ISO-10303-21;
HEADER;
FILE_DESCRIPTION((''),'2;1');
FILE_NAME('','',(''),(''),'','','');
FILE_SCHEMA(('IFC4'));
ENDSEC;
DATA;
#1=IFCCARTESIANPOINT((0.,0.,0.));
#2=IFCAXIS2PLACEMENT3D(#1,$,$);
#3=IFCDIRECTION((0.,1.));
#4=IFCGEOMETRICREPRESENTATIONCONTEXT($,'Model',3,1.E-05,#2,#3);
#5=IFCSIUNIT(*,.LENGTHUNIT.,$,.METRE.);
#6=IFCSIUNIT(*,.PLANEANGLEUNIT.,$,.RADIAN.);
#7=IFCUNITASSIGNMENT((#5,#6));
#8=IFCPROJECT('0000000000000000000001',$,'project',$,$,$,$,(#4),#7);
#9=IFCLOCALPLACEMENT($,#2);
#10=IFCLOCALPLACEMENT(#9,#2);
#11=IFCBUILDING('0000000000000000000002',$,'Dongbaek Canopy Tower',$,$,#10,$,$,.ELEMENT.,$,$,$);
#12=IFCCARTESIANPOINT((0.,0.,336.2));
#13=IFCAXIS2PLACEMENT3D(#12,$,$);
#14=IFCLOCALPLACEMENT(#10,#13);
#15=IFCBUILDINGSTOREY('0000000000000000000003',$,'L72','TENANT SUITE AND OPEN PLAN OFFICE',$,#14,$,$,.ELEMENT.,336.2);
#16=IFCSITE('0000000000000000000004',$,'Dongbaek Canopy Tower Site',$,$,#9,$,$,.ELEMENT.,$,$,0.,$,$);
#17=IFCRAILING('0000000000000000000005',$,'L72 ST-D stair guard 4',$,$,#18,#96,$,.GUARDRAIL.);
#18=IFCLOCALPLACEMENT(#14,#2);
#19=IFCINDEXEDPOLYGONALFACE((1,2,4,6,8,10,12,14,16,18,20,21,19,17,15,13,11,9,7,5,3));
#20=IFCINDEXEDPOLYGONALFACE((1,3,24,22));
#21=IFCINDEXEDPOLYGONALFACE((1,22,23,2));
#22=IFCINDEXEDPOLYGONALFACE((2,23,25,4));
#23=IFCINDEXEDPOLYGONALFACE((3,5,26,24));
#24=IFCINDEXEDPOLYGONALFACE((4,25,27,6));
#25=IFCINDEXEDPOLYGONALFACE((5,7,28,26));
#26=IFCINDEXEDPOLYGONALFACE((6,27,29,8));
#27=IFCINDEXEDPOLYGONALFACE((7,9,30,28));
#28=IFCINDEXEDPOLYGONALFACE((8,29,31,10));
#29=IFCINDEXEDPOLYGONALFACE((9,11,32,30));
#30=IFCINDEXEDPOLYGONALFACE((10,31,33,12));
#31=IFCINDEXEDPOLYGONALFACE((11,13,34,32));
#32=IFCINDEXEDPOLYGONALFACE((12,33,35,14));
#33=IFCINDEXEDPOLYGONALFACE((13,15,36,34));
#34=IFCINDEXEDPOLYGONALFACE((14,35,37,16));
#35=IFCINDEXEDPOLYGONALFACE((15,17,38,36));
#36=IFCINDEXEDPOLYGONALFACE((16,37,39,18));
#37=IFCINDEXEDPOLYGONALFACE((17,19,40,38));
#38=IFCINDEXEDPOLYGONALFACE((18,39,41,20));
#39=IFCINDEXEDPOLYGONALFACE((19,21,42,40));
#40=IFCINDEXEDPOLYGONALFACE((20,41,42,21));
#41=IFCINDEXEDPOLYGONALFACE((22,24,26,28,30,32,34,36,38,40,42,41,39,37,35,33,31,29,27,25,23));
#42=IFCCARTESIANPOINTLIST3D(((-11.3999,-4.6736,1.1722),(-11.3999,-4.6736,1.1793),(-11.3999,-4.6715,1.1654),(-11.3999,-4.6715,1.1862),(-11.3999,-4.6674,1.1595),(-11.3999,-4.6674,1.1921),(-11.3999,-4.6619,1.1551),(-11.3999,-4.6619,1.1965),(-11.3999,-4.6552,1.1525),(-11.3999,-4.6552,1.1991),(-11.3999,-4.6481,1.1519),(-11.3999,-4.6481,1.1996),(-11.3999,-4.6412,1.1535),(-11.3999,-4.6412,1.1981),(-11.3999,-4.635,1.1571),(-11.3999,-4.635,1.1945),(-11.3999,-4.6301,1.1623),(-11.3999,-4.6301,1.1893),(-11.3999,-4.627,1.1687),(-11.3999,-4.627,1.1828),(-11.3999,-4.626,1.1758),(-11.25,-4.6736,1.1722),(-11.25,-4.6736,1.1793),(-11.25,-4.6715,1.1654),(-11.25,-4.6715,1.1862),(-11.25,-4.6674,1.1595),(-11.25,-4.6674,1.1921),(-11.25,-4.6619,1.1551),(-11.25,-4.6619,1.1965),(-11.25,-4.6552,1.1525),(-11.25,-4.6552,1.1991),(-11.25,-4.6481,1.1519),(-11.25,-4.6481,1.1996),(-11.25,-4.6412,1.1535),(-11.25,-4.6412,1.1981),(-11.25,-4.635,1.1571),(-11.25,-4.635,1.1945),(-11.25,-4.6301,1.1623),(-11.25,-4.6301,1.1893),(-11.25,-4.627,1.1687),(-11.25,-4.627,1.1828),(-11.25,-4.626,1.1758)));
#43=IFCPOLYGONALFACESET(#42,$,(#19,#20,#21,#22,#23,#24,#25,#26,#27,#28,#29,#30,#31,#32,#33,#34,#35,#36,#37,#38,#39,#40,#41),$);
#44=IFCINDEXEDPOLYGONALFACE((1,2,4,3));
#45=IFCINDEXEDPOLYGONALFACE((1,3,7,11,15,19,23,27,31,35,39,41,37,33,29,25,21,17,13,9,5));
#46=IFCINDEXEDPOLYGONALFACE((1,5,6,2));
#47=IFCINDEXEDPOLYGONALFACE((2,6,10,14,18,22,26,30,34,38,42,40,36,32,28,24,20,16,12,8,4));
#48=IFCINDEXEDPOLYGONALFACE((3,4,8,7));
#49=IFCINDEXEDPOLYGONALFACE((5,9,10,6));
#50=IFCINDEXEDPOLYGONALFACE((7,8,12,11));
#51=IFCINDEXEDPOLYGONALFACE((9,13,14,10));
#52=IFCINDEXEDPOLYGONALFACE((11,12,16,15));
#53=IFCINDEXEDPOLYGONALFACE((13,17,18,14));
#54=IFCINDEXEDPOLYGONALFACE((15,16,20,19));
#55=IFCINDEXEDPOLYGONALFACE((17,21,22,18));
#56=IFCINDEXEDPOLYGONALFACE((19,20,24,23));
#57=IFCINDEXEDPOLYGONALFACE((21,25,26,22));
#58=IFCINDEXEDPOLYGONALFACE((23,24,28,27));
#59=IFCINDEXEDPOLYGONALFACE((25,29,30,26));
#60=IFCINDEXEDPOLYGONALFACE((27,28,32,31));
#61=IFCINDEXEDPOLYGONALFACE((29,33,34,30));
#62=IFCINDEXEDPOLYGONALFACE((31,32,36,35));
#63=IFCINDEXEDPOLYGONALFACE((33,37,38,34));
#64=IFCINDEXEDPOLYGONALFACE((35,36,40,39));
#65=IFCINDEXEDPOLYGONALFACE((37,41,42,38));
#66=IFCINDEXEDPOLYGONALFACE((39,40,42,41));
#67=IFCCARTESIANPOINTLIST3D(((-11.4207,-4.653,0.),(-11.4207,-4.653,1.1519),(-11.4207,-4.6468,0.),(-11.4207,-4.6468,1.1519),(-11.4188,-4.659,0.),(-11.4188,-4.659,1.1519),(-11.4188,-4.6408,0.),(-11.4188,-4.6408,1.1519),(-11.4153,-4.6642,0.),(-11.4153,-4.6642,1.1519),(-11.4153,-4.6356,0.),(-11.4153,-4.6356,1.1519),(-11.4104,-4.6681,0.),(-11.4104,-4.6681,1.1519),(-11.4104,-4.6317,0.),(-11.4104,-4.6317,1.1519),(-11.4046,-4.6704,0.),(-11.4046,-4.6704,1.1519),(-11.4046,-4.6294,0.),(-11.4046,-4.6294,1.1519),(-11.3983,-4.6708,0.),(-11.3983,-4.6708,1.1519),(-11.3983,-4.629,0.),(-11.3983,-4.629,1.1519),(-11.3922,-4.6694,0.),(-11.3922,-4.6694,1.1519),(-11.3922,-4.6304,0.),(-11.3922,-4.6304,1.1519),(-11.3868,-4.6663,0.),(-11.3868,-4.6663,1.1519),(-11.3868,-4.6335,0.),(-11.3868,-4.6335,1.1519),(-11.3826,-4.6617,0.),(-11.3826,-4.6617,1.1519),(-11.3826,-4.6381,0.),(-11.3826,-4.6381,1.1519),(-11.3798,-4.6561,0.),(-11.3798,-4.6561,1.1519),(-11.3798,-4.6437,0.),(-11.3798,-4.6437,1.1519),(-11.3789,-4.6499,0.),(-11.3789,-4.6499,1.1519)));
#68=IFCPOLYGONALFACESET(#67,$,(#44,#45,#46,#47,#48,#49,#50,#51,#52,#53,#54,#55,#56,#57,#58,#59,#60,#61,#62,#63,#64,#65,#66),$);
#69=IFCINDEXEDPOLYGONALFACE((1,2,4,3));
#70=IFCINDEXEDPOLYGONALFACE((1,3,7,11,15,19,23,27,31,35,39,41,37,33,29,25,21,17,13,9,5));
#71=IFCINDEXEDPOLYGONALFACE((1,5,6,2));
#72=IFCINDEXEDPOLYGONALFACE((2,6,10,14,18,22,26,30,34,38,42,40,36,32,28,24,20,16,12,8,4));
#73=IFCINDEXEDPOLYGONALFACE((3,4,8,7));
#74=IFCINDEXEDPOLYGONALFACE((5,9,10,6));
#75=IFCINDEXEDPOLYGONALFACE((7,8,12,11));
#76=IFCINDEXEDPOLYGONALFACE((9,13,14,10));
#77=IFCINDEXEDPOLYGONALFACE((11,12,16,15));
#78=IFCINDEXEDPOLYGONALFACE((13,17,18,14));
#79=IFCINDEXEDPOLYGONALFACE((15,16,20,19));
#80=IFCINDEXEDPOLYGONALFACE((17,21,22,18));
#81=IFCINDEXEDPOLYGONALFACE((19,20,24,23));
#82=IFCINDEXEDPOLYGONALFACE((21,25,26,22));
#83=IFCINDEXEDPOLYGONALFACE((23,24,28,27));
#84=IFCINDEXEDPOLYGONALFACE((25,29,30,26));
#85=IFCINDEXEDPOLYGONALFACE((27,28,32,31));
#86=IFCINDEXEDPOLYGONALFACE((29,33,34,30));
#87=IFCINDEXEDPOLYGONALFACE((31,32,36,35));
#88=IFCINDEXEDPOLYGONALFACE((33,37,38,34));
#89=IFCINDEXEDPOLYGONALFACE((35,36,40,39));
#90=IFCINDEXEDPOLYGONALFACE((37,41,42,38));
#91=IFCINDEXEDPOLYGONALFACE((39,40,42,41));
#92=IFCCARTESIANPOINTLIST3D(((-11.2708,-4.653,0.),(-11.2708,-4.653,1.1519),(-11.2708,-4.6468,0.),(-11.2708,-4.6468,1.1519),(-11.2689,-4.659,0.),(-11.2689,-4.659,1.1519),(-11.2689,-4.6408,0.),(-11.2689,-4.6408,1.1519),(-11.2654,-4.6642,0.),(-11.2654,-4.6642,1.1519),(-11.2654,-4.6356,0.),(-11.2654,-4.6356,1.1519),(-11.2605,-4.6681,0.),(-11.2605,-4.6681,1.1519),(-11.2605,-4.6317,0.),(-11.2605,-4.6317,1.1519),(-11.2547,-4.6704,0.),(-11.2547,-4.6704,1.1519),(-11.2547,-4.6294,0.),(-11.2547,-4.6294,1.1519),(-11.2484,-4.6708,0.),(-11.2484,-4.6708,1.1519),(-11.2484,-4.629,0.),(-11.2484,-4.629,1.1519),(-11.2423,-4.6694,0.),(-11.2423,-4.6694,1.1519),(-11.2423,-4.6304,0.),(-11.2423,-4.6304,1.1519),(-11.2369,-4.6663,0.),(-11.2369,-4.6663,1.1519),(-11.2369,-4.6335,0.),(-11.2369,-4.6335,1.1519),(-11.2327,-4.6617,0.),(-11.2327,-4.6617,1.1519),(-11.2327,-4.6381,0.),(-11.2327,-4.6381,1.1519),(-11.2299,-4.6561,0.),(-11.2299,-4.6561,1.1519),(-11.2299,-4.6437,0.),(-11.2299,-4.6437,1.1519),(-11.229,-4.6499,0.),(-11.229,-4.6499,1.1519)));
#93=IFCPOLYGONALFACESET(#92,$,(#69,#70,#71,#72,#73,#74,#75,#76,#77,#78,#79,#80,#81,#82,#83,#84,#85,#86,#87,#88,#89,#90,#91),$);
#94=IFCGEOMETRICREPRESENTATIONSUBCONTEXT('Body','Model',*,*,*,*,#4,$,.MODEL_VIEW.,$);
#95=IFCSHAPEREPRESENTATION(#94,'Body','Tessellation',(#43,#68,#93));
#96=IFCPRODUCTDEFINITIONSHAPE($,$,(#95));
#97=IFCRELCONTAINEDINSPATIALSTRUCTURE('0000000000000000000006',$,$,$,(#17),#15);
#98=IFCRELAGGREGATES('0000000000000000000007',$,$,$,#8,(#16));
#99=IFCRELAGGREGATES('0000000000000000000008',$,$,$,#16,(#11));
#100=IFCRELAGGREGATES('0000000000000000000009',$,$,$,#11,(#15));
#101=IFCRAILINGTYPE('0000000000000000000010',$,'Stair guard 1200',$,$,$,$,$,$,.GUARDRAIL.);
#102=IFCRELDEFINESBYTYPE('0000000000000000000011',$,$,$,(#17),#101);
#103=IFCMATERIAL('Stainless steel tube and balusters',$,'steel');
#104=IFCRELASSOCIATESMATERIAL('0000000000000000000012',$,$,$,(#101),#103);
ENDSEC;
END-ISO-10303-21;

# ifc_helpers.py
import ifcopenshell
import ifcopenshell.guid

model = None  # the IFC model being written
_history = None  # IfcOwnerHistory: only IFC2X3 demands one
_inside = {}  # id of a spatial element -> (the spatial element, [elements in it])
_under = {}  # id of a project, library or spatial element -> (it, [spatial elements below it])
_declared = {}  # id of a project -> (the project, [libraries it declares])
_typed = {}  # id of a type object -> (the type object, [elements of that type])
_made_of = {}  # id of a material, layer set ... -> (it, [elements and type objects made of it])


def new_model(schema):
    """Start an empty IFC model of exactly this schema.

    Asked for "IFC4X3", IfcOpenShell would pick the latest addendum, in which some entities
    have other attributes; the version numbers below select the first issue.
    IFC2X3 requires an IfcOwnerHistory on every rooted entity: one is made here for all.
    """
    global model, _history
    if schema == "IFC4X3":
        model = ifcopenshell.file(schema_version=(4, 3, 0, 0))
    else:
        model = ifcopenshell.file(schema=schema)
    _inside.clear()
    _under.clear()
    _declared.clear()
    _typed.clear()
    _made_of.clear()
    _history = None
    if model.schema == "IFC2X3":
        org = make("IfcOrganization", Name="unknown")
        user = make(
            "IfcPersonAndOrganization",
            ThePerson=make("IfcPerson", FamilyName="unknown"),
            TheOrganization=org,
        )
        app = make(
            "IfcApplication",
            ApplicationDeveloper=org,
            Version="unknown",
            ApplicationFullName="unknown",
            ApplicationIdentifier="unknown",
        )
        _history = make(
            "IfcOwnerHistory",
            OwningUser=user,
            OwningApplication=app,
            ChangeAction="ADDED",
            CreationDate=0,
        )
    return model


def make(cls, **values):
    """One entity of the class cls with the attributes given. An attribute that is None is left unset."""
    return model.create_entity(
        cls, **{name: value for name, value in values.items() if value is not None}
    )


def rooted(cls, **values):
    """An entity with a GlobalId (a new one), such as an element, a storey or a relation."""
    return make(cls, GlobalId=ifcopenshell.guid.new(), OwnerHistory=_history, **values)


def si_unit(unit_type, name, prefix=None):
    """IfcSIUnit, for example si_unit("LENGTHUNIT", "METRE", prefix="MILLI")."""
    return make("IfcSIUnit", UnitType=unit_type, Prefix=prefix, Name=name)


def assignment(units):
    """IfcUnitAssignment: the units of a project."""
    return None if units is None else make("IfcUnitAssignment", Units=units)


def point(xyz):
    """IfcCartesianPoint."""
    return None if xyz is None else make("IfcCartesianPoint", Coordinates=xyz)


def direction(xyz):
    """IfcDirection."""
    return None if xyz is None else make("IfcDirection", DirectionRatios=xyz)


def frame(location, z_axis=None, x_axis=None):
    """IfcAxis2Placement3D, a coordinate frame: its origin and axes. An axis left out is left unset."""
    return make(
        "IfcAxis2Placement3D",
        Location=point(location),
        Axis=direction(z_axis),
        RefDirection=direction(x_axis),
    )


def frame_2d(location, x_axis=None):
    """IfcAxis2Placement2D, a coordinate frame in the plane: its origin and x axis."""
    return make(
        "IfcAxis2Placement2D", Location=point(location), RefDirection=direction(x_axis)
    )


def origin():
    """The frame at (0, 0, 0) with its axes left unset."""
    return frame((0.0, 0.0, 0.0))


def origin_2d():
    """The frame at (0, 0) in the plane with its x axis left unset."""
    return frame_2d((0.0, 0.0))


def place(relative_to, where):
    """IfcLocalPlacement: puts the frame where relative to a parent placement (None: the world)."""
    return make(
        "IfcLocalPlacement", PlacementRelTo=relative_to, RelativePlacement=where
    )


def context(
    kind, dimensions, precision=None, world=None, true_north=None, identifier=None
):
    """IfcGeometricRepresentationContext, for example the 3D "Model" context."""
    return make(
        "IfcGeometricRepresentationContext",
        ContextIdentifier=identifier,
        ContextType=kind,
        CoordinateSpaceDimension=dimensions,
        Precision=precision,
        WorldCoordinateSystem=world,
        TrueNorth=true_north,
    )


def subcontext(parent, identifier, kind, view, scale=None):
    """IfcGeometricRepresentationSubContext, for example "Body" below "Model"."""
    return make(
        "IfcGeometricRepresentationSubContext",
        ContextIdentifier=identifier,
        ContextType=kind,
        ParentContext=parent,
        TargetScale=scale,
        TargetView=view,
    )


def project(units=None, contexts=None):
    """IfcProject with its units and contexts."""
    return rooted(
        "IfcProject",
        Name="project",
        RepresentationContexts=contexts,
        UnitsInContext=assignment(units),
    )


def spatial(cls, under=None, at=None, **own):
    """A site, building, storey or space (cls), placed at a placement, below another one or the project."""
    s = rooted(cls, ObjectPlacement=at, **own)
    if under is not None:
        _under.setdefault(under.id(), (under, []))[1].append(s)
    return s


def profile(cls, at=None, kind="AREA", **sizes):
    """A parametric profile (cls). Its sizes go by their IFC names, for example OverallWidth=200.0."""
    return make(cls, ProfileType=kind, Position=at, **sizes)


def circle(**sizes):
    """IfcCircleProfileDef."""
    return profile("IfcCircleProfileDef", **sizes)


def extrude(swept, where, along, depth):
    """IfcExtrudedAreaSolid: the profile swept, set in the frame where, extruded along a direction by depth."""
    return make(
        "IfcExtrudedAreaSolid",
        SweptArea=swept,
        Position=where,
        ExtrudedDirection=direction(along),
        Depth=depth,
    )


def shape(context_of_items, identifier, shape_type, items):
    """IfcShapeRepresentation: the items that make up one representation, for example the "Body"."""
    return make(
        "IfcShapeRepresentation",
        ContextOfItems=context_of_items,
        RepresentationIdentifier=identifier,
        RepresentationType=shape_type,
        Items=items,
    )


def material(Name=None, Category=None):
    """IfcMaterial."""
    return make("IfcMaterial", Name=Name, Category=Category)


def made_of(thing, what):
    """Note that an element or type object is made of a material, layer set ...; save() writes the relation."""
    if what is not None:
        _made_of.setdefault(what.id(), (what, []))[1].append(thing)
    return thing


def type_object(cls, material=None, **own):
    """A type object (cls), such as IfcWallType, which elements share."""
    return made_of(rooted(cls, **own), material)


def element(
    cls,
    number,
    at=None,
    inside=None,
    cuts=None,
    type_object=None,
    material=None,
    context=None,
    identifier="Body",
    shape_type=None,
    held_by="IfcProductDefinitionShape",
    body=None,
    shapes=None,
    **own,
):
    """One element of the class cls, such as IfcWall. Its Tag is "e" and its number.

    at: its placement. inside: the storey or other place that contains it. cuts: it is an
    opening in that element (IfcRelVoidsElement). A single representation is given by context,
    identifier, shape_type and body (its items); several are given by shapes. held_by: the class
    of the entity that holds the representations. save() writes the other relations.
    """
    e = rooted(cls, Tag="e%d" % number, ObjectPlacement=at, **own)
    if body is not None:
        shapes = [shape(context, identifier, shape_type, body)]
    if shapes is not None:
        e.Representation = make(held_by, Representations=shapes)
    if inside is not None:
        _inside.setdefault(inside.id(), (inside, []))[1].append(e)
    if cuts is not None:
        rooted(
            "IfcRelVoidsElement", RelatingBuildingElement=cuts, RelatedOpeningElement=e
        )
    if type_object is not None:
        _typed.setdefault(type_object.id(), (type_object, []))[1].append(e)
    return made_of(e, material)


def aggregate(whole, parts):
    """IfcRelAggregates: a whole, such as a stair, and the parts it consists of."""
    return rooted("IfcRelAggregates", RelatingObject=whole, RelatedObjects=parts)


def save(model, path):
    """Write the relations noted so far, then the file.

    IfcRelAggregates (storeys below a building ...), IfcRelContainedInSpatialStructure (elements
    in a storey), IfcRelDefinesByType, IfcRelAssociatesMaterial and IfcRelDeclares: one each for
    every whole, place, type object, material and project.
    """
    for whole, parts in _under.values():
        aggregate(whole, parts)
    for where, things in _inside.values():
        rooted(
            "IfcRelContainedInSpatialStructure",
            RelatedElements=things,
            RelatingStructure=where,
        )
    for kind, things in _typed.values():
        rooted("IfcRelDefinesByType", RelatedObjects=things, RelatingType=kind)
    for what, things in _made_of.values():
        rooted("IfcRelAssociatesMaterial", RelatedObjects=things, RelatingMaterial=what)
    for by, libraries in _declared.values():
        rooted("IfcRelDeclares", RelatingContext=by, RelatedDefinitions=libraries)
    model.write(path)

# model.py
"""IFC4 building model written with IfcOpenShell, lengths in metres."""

from ifc_helpers import new_model, si_unit, direction, frame, origin, origin_2d, place, context, subcontext, project, spatial, circle, extrude, material, type_object, element, save


model = new_model("IFC4")

# Units and contexts
model_context = context("Model", 3, precision=1e-05, world=origin(), true_north=direction((0.0, 1.0)))
body_context = subcontext(model_context, "Body", "Model", "MODEL_VIEW")
ifc_project = project(units=[si_unit("LENGTHUNIT", "METRE"), si_unit("PLANEANGLEUNIT", "RADIAN")], contexts=[model_context])

# Site, building, storey
site_placement = place(None, origin())
site = spatial("IfcSite", under=ifc_project, at=site_placement, Name="Dongbaek Canopy Tower Site", CompositionType="ELEMENT", RefElevation=0.0)
building_placement = place(site_placement, origin())
building = spatial("IfcBuilding", under=site, at=building_placement, Name="Dongbaek Canopy Tower", CompositionType="ELEMENT")
storey_placement = place(building_placement, frame((0.0, 0.0, 336.2)))
storey = spatial("IfcBuildingStorey", under=building, at=storey_placement, Name="L72", Description="TENANT SUITE AND OPEN PLAN OFFICE", CompositionType="ELEMENT", Elevation=336.2)

# Railing
ifc_material_1 = material(Name="Stainless steel tube and balusters", Category="steel")
railing_type_1 = type_object("IfcRailingType", Name="Stair guard 1200", PredefinedType="GUARDRAIL", material=ifc_material_1)
railing_1_placement = place(storey_placement, frame((-11.3999, -4.6499, 0.0)))
element("IfcRailing", 1, at=railing_1_placement, inside=storey, type_object=railing_type_1, Name="L72 ST-D stair guard 4", PredefinedType="GUARDRAIL", context=body_context, shape_type="SweptSolid", body=[
    extrude(circle(Radius=0.0239, at=origin_2d()), frame((0.0, 0.0, 1.1758), z_axis=(1.0, 0.0, 0.0), x_axis=(0.0, 1.0, 0.0)), (0.0, 0.0, 1.0), 0.1499),
    extrude(circle(Radius=0.021, at=origin_2d()), origin(), (0.0, 0.0, 1.0), 1.1519),
    extrude(circle(Radius=0.021, at=origin_2d()), frame((0.1499, 0.0, 0.0)), (0.0, 0.0, 1.0), 1.1519),
])

save(model, "model.ifc")
